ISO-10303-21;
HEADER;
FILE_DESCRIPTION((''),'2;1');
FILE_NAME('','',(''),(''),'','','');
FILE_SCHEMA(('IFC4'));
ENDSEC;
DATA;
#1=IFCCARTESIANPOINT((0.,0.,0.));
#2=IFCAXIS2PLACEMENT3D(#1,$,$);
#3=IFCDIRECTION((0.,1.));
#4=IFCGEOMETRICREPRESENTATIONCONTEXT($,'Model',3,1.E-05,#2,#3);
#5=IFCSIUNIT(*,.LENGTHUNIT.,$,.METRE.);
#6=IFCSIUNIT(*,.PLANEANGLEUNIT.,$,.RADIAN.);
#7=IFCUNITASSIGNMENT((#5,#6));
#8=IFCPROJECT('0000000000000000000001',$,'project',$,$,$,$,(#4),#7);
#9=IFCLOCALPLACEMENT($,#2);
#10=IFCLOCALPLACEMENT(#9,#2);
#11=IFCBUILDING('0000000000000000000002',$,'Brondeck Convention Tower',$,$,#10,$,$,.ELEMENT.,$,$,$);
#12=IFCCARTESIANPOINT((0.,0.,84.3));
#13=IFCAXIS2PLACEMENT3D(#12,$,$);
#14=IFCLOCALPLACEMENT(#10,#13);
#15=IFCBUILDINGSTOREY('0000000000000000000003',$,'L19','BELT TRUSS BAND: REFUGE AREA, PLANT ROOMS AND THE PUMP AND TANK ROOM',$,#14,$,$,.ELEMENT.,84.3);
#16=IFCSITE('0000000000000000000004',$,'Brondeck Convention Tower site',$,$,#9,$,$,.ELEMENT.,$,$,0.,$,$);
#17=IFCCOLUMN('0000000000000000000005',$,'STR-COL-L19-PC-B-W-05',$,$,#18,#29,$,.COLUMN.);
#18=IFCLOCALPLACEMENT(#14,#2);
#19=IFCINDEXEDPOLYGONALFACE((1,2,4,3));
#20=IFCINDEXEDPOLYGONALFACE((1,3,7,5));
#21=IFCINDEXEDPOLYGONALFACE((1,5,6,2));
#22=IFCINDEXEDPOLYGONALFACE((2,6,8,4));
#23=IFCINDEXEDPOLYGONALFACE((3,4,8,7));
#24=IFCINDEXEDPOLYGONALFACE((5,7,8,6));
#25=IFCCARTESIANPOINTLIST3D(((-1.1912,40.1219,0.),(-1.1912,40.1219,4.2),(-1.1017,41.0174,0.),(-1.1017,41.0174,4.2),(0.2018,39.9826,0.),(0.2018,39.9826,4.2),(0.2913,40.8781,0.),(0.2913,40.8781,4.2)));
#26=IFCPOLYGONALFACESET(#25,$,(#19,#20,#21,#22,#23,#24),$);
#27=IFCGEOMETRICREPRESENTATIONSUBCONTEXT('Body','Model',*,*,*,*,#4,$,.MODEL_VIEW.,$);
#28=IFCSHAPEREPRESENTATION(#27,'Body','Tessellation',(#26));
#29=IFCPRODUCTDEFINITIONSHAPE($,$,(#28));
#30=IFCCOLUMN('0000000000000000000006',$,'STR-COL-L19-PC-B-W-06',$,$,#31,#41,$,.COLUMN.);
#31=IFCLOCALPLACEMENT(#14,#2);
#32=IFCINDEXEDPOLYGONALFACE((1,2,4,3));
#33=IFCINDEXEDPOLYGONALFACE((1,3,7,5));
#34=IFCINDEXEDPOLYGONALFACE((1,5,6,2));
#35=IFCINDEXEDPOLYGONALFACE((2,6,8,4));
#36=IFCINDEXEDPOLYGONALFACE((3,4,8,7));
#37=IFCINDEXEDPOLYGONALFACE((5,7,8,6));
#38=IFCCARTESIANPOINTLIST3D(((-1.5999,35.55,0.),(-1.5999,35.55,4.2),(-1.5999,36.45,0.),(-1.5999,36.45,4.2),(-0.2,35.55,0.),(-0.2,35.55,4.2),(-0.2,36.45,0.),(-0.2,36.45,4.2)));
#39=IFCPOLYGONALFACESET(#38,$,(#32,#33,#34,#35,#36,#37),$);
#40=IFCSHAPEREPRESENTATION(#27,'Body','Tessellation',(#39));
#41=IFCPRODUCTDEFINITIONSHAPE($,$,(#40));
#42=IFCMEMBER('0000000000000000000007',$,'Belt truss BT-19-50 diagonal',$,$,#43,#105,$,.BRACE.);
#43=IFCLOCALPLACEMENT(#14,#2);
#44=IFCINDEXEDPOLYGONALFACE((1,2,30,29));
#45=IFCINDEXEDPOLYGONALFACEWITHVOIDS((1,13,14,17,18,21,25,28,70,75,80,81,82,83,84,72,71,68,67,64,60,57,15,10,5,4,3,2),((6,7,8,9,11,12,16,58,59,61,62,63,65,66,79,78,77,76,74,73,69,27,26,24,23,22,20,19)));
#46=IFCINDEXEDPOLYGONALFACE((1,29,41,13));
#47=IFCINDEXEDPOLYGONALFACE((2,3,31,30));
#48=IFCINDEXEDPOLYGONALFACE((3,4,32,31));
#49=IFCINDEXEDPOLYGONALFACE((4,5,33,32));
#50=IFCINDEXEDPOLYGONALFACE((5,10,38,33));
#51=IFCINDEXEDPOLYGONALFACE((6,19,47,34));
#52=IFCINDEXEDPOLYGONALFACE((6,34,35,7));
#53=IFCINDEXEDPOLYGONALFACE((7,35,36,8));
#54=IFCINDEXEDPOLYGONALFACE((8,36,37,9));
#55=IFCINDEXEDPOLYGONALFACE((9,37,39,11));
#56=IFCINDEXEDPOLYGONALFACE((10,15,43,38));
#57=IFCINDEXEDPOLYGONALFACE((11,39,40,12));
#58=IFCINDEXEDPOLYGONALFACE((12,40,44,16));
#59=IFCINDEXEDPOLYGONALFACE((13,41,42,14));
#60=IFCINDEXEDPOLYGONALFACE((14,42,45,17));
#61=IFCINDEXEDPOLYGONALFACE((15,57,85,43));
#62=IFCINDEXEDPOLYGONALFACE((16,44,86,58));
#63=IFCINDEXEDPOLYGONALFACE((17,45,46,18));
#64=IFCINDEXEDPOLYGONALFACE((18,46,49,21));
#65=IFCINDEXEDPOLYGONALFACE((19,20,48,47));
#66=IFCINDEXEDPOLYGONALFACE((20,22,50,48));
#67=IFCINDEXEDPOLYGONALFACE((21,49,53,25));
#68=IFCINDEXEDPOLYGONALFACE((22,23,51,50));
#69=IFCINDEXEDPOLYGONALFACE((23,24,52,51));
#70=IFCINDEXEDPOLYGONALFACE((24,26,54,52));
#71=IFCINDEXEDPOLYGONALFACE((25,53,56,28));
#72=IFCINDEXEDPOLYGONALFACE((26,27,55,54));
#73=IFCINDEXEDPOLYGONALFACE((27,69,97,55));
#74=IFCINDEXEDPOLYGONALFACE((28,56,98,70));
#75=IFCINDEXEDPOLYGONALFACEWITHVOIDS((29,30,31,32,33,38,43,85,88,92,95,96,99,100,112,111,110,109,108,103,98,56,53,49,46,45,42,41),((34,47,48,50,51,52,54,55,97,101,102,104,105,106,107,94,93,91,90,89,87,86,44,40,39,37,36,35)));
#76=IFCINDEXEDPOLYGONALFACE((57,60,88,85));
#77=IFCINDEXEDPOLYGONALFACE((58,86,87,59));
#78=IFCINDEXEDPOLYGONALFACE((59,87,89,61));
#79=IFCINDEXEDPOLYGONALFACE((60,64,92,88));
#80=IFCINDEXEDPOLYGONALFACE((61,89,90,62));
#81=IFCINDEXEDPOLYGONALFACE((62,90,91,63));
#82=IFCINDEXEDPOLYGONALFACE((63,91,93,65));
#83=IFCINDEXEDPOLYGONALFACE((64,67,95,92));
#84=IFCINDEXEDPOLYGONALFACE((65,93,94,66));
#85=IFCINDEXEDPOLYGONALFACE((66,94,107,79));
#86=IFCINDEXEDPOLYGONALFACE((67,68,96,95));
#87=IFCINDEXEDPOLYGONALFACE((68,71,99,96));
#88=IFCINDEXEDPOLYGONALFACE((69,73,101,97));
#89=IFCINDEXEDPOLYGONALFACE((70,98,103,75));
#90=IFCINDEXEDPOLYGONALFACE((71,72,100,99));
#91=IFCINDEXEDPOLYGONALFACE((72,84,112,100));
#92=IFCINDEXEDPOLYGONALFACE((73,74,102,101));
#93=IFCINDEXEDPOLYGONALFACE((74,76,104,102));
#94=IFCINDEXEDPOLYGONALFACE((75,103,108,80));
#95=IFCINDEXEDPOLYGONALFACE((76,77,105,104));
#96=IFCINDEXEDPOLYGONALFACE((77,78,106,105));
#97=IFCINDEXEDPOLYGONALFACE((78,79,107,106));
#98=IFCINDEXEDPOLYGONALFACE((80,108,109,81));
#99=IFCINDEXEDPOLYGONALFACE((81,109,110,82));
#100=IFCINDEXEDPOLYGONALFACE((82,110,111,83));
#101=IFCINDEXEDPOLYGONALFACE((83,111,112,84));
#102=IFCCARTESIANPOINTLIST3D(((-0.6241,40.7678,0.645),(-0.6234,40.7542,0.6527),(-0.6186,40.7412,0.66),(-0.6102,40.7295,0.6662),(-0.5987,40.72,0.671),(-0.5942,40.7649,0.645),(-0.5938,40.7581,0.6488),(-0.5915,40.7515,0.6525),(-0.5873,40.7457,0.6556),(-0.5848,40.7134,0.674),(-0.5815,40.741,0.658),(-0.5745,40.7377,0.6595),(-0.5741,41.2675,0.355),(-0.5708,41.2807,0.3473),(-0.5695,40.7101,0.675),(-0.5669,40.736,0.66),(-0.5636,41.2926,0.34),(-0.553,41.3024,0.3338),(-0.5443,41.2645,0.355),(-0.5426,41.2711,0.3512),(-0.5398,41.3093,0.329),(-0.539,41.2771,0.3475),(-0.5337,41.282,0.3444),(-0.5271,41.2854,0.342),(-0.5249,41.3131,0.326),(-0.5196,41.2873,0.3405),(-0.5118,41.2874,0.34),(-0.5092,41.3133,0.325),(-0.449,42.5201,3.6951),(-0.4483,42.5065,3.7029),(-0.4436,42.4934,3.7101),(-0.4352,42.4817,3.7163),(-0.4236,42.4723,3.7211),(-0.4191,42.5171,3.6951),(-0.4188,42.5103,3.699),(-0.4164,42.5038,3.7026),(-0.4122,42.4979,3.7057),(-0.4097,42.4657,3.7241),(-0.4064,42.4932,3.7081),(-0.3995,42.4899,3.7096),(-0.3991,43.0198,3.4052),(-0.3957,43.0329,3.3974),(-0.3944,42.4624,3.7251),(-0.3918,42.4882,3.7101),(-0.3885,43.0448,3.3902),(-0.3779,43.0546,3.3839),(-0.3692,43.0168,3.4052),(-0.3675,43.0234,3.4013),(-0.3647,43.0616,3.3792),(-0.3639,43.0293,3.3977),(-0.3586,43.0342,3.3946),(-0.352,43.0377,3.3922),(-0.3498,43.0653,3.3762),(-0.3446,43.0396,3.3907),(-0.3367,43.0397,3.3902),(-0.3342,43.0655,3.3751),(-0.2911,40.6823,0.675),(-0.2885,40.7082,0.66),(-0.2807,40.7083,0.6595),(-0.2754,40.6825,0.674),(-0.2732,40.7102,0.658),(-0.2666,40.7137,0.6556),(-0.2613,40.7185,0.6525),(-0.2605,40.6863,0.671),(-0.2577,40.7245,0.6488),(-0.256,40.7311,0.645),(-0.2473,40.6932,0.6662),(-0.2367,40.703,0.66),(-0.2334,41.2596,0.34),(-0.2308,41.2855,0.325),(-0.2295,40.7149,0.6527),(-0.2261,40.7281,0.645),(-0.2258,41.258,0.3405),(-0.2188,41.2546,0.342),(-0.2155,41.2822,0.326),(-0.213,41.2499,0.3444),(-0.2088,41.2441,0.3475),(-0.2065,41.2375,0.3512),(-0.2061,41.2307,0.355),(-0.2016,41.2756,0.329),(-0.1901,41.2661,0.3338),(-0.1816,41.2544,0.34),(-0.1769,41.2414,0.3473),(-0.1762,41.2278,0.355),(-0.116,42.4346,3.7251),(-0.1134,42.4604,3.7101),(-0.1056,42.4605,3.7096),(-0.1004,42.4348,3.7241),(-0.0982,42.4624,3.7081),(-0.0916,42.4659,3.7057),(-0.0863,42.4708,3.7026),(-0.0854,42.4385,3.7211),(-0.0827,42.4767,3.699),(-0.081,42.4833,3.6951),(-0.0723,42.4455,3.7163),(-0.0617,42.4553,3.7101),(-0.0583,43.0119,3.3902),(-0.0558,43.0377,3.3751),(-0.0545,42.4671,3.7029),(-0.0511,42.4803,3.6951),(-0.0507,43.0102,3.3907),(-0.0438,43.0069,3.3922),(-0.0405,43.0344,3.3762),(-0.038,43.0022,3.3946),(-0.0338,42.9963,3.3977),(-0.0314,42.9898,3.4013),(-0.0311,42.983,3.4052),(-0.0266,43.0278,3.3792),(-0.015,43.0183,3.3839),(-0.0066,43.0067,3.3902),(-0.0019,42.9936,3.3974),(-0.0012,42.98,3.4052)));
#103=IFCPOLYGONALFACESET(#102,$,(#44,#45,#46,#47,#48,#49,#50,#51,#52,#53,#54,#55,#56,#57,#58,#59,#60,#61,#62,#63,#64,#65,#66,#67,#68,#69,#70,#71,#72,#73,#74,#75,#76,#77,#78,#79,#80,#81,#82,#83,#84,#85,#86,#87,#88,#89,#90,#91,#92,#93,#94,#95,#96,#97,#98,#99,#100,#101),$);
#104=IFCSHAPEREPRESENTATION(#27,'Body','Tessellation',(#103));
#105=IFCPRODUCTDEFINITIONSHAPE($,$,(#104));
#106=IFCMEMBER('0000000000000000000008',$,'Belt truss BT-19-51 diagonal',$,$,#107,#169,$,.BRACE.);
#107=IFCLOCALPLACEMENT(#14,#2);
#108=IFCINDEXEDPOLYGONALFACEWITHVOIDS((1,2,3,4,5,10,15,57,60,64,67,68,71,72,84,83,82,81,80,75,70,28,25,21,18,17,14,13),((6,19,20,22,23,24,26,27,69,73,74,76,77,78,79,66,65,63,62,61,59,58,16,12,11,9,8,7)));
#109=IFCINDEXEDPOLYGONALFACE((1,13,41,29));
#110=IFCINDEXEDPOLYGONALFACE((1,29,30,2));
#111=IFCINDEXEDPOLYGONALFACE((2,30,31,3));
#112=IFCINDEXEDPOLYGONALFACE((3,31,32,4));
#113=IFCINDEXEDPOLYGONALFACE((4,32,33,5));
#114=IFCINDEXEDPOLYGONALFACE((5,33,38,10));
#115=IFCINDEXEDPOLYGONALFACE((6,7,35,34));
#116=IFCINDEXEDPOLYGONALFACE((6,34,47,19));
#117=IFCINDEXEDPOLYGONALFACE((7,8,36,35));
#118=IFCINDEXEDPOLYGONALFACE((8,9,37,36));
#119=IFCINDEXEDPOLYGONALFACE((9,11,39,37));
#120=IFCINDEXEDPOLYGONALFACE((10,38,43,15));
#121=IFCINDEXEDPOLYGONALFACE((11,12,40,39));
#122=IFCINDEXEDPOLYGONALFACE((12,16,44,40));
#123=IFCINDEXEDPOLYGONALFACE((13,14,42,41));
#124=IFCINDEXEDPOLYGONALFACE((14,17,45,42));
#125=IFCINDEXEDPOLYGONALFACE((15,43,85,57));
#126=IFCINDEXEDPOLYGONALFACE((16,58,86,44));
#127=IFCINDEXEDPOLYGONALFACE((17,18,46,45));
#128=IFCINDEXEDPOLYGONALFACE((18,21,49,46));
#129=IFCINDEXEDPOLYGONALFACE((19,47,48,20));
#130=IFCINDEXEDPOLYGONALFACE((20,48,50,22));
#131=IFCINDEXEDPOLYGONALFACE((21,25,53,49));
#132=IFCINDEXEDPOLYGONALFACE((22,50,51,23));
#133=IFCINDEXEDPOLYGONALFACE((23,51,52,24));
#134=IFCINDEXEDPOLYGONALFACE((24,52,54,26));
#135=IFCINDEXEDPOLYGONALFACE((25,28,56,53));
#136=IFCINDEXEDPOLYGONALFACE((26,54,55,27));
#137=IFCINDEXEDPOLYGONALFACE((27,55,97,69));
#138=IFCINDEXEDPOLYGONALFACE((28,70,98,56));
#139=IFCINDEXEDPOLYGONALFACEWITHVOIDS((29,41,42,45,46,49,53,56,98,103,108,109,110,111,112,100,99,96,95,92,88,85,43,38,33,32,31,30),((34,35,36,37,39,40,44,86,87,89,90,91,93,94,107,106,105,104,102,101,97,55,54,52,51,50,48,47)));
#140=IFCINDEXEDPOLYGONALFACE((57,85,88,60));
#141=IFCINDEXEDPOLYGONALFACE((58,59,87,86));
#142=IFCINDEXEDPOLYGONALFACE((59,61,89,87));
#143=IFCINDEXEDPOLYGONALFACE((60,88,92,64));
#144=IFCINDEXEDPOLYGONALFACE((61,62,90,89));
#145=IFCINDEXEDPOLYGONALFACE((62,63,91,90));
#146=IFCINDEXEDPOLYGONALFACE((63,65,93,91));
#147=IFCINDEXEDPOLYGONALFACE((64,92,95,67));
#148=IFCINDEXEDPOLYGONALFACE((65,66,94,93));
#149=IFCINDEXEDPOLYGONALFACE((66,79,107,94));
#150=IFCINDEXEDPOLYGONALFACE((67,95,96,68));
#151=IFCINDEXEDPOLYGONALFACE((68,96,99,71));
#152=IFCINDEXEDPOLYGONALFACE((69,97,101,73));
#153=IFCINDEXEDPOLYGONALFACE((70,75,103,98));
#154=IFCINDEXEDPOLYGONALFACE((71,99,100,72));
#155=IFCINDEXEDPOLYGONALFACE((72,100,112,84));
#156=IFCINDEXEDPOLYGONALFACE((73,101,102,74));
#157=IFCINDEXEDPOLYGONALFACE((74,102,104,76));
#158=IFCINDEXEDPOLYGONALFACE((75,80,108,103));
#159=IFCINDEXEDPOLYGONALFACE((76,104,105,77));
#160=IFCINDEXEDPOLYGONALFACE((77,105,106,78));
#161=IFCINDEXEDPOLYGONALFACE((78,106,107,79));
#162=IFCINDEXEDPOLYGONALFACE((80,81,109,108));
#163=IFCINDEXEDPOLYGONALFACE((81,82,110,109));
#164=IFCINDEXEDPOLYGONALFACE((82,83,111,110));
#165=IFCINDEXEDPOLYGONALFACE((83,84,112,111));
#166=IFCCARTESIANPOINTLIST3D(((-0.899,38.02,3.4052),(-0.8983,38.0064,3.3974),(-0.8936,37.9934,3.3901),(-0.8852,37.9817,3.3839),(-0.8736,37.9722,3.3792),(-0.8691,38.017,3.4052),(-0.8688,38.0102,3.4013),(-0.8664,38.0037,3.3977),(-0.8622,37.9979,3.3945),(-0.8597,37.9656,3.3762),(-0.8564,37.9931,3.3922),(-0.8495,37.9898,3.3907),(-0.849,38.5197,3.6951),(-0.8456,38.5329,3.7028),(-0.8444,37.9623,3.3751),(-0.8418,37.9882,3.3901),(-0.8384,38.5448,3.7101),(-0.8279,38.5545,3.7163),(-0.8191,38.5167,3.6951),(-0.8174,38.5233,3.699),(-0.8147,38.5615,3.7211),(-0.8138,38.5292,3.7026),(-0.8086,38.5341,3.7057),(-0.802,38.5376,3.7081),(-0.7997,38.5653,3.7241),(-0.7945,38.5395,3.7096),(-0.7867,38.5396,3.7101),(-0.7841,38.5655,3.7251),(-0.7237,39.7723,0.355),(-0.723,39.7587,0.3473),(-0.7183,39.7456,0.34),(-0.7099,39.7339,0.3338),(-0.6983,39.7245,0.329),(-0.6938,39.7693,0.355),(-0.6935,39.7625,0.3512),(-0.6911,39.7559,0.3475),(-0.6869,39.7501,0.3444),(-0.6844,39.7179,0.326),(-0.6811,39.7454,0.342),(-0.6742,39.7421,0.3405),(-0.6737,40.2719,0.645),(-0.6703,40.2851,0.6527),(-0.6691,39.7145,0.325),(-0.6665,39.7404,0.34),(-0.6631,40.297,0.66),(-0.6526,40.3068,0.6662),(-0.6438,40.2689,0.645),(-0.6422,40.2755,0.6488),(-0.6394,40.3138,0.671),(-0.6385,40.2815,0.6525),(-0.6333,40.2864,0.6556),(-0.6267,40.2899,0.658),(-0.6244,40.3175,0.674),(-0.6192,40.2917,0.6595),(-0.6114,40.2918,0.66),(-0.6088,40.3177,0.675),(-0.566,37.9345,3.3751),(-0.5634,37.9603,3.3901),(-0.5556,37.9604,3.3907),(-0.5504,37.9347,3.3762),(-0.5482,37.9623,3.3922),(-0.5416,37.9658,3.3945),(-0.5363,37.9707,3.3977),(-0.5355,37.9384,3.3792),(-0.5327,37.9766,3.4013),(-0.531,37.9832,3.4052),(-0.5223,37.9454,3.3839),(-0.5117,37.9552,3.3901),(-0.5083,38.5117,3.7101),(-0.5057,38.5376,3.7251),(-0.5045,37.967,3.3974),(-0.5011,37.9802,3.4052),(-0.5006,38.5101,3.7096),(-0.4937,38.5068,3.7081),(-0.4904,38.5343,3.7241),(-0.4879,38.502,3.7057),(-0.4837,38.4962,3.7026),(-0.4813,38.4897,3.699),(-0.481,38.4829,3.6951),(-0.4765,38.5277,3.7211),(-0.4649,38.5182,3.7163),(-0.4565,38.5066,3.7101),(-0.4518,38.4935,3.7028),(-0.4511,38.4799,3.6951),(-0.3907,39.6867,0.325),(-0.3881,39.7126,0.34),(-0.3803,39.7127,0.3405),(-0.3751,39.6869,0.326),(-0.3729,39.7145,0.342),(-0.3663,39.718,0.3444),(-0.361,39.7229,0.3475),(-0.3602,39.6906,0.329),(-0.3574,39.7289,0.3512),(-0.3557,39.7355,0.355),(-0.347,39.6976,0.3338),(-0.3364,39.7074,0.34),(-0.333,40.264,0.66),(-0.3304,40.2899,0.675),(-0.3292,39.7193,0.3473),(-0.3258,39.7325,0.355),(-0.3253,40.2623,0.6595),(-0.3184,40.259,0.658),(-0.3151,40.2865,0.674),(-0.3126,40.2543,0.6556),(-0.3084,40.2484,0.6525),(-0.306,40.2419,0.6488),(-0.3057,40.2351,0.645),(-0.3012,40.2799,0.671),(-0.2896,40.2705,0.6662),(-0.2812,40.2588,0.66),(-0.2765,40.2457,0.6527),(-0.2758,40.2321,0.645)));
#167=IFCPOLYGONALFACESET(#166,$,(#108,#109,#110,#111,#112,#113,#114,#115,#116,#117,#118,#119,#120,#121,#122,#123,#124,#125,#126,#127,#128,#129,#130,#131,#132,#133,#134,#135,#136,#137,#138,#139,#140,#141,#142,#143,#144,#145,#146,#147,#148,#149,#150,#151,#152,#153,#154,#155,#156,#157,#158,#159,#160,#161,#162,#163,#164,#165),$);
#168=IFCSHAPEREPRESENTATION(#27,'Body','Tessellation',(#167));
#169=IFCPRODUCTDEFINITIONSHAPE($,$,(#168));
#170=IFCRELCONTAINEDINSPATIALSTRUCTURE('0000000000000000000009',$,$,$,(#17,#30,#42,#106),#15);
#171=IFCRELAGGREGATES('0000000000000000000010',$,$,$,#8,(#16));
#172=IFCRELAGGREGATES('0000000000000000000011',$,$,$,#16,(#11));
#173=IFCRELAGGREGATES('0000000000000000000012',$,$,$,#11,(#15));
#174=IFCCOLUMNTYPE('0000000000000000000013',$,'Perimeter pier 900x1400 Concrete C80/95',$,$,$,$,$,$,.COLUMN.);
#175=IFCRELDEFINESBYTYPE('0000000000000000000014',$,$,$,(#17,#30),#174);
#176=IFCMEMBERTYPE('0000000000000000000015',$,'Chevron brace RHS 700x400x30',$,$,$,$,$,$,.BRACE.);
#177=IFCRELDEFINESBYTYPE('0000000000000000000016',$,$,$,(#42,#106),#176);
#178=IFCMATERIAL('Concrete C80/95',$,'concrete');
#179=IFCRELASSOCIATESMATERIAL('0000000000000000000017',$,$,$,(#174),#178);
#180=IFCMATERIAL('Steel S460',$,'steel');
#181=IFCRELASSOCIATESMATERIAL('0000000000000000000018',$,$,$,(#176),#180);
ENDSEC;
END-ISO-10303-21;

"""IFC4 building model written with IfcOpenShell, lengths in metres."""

from ifc_helpers import new_model, si_unit, direction, frame, origin, origin_2d, place, context, subcontext, project, spatial, rectangle, hollow_rectangle, extrude, material, material_profile, profile_set, type_object, element, save


model = new_model("IFC4")

# Units and contexts
model_context = context("Model", 3, precision=1e-05, world=origin(), true_north=direction((0.0, 1.0)))
body_context = subcontext(model_context, "Body", "Model", "MODEL_VIEW")
ifc_project = project(units=[si_unit("LENGTHUNIT", "METRE"), si_unit("PLANEANGLEUNIT", "RADIAN")], contexts=[model_context])

# Site, building, storey
site_placement = place(None, origin())
site = spatial("IfcSite", under=ifc_project, at=site_placement, Name="Brondeck Convention Tower site", CompositionType="ELEMENT", RefElevation=0.0)
building_placement = place(site_placement, origin())
building = spatial("IfcBuilding", under=site, at=building_placement, Name="Brondeck Convention Tower", CompositionType="ELEMENT")
storey_placement = place(building_placement, frame((0.0, 0.0, 84.3)))
storey = spatial("IfcBuildingStorey", under=building, at=storey_placement, Name="L19", Description="BELT TRUSS BAND: REFUGE AREA, PLANT ROOMS AND THE PUMP AND TANK ROOM", CompositionType="ELEMENT", Elevation=84.3)

# Columns
ifc_material_1 = material(Name="Concrete C80/95", Category="concrete")
ifc_material_profile_1 = material_profile(ifc_material_1, rectangle(XDim=0.8999, YDim=1.3999, at=origin_2d()), Name="Perimeter pier 900x1400 Concrete C80/95")
ifc_profile_set_1 = profile_set([ifc_material_profile_1], Name="Concrete C80/95")
column_type = type_object("IfcColumnType", Name="Perimeter pier 900x1400 Concrete C80/95", PredefinedType="COLUMN", material=ifc_profile_set_1)
for number, where, z_axis, x_axis, name in (
    (1, (-0.45, 40.5, 0.0), (0.0, 0.0, 1.0), (-0.099504, -0.995037, 0.0), "STR-COL-L19-PC-B-W-05"),
    (2, (-0.8999, 36.0, 0.0), (0.0, 0.0, 1.0), (0.0, -1.0, 0.0), "STR-COL-L19-PC-B-W-06"),
):
    element("IfcColumn", number, at=place(storey_placement, frame(where, z_axis=z_axis, x_axis=x_axis)), inside=storey, type_object=column_type, Name=name, PredefinedType="COLUMN", context=body_context, shape_type="SweptSolid", body=[
        extrude(rectangle(XDim=0.8999, YDim=1.3999, at=origin_2d()), origin(), (0.0, 0.0, 1.0), 4.2),
    ])

# Members
ifc_material_2 = material(Name="Steel S460", Category="steel")
ifc_material_profile_2 = material_profile(ifc_material_2, hollow_rectangle(XDim=0.3999, YDim=0.7, WallThickness=0.03, InnerFilletRadius=0.03, OuterFilletRadius=0.0601, at=origin_2d()), Name="RHS 700x400x30")
ifc_profile_set_2 = profile_set([ifc_material_profile_2], Name="Steel S460")
member_type_1 = type_object("IfcMemberType", Name="Chevron brace RHS 700x400x30", PredefinedType="BRACE", material=ifc_profile_set_2)
for number, where, z_axis, x_axis, name in (
    (3, (-0.4001, 40.9978, 0.5), (0.049703, 0.497518, 0.866029), (-0.995047, 0.099408, 0.0), "Belt truss BT-19-50 diagonal"),
    (4, (-0.4998, 40.0022, 0.5), (-0.049772, -0.497516, 0.866026), (0.995033, -0.099545, 0.0), "Belt truss BT-19-51 diagonal"),
):
    element("IfcMember", number, at=place(storey_placement, frame(where, z_axis=z_axis, x_axis=x_axis)), inside=storey, type_object=member_type_1, Name=name, PredefinedType="BRACE", context=body_context, shape_type="SweptSolid", body=[
        extrude(hollow_rectangle(XDim=0.3999, YDim=0.7, WallThickness=0.03, InnerFilletRadius=0.03, OuterFilletRadius=0.0601, at=origin_2d()), origin(), (0.0, 0.0, 1.0), 3.522),
    ])

save(model, "model.ifc")
